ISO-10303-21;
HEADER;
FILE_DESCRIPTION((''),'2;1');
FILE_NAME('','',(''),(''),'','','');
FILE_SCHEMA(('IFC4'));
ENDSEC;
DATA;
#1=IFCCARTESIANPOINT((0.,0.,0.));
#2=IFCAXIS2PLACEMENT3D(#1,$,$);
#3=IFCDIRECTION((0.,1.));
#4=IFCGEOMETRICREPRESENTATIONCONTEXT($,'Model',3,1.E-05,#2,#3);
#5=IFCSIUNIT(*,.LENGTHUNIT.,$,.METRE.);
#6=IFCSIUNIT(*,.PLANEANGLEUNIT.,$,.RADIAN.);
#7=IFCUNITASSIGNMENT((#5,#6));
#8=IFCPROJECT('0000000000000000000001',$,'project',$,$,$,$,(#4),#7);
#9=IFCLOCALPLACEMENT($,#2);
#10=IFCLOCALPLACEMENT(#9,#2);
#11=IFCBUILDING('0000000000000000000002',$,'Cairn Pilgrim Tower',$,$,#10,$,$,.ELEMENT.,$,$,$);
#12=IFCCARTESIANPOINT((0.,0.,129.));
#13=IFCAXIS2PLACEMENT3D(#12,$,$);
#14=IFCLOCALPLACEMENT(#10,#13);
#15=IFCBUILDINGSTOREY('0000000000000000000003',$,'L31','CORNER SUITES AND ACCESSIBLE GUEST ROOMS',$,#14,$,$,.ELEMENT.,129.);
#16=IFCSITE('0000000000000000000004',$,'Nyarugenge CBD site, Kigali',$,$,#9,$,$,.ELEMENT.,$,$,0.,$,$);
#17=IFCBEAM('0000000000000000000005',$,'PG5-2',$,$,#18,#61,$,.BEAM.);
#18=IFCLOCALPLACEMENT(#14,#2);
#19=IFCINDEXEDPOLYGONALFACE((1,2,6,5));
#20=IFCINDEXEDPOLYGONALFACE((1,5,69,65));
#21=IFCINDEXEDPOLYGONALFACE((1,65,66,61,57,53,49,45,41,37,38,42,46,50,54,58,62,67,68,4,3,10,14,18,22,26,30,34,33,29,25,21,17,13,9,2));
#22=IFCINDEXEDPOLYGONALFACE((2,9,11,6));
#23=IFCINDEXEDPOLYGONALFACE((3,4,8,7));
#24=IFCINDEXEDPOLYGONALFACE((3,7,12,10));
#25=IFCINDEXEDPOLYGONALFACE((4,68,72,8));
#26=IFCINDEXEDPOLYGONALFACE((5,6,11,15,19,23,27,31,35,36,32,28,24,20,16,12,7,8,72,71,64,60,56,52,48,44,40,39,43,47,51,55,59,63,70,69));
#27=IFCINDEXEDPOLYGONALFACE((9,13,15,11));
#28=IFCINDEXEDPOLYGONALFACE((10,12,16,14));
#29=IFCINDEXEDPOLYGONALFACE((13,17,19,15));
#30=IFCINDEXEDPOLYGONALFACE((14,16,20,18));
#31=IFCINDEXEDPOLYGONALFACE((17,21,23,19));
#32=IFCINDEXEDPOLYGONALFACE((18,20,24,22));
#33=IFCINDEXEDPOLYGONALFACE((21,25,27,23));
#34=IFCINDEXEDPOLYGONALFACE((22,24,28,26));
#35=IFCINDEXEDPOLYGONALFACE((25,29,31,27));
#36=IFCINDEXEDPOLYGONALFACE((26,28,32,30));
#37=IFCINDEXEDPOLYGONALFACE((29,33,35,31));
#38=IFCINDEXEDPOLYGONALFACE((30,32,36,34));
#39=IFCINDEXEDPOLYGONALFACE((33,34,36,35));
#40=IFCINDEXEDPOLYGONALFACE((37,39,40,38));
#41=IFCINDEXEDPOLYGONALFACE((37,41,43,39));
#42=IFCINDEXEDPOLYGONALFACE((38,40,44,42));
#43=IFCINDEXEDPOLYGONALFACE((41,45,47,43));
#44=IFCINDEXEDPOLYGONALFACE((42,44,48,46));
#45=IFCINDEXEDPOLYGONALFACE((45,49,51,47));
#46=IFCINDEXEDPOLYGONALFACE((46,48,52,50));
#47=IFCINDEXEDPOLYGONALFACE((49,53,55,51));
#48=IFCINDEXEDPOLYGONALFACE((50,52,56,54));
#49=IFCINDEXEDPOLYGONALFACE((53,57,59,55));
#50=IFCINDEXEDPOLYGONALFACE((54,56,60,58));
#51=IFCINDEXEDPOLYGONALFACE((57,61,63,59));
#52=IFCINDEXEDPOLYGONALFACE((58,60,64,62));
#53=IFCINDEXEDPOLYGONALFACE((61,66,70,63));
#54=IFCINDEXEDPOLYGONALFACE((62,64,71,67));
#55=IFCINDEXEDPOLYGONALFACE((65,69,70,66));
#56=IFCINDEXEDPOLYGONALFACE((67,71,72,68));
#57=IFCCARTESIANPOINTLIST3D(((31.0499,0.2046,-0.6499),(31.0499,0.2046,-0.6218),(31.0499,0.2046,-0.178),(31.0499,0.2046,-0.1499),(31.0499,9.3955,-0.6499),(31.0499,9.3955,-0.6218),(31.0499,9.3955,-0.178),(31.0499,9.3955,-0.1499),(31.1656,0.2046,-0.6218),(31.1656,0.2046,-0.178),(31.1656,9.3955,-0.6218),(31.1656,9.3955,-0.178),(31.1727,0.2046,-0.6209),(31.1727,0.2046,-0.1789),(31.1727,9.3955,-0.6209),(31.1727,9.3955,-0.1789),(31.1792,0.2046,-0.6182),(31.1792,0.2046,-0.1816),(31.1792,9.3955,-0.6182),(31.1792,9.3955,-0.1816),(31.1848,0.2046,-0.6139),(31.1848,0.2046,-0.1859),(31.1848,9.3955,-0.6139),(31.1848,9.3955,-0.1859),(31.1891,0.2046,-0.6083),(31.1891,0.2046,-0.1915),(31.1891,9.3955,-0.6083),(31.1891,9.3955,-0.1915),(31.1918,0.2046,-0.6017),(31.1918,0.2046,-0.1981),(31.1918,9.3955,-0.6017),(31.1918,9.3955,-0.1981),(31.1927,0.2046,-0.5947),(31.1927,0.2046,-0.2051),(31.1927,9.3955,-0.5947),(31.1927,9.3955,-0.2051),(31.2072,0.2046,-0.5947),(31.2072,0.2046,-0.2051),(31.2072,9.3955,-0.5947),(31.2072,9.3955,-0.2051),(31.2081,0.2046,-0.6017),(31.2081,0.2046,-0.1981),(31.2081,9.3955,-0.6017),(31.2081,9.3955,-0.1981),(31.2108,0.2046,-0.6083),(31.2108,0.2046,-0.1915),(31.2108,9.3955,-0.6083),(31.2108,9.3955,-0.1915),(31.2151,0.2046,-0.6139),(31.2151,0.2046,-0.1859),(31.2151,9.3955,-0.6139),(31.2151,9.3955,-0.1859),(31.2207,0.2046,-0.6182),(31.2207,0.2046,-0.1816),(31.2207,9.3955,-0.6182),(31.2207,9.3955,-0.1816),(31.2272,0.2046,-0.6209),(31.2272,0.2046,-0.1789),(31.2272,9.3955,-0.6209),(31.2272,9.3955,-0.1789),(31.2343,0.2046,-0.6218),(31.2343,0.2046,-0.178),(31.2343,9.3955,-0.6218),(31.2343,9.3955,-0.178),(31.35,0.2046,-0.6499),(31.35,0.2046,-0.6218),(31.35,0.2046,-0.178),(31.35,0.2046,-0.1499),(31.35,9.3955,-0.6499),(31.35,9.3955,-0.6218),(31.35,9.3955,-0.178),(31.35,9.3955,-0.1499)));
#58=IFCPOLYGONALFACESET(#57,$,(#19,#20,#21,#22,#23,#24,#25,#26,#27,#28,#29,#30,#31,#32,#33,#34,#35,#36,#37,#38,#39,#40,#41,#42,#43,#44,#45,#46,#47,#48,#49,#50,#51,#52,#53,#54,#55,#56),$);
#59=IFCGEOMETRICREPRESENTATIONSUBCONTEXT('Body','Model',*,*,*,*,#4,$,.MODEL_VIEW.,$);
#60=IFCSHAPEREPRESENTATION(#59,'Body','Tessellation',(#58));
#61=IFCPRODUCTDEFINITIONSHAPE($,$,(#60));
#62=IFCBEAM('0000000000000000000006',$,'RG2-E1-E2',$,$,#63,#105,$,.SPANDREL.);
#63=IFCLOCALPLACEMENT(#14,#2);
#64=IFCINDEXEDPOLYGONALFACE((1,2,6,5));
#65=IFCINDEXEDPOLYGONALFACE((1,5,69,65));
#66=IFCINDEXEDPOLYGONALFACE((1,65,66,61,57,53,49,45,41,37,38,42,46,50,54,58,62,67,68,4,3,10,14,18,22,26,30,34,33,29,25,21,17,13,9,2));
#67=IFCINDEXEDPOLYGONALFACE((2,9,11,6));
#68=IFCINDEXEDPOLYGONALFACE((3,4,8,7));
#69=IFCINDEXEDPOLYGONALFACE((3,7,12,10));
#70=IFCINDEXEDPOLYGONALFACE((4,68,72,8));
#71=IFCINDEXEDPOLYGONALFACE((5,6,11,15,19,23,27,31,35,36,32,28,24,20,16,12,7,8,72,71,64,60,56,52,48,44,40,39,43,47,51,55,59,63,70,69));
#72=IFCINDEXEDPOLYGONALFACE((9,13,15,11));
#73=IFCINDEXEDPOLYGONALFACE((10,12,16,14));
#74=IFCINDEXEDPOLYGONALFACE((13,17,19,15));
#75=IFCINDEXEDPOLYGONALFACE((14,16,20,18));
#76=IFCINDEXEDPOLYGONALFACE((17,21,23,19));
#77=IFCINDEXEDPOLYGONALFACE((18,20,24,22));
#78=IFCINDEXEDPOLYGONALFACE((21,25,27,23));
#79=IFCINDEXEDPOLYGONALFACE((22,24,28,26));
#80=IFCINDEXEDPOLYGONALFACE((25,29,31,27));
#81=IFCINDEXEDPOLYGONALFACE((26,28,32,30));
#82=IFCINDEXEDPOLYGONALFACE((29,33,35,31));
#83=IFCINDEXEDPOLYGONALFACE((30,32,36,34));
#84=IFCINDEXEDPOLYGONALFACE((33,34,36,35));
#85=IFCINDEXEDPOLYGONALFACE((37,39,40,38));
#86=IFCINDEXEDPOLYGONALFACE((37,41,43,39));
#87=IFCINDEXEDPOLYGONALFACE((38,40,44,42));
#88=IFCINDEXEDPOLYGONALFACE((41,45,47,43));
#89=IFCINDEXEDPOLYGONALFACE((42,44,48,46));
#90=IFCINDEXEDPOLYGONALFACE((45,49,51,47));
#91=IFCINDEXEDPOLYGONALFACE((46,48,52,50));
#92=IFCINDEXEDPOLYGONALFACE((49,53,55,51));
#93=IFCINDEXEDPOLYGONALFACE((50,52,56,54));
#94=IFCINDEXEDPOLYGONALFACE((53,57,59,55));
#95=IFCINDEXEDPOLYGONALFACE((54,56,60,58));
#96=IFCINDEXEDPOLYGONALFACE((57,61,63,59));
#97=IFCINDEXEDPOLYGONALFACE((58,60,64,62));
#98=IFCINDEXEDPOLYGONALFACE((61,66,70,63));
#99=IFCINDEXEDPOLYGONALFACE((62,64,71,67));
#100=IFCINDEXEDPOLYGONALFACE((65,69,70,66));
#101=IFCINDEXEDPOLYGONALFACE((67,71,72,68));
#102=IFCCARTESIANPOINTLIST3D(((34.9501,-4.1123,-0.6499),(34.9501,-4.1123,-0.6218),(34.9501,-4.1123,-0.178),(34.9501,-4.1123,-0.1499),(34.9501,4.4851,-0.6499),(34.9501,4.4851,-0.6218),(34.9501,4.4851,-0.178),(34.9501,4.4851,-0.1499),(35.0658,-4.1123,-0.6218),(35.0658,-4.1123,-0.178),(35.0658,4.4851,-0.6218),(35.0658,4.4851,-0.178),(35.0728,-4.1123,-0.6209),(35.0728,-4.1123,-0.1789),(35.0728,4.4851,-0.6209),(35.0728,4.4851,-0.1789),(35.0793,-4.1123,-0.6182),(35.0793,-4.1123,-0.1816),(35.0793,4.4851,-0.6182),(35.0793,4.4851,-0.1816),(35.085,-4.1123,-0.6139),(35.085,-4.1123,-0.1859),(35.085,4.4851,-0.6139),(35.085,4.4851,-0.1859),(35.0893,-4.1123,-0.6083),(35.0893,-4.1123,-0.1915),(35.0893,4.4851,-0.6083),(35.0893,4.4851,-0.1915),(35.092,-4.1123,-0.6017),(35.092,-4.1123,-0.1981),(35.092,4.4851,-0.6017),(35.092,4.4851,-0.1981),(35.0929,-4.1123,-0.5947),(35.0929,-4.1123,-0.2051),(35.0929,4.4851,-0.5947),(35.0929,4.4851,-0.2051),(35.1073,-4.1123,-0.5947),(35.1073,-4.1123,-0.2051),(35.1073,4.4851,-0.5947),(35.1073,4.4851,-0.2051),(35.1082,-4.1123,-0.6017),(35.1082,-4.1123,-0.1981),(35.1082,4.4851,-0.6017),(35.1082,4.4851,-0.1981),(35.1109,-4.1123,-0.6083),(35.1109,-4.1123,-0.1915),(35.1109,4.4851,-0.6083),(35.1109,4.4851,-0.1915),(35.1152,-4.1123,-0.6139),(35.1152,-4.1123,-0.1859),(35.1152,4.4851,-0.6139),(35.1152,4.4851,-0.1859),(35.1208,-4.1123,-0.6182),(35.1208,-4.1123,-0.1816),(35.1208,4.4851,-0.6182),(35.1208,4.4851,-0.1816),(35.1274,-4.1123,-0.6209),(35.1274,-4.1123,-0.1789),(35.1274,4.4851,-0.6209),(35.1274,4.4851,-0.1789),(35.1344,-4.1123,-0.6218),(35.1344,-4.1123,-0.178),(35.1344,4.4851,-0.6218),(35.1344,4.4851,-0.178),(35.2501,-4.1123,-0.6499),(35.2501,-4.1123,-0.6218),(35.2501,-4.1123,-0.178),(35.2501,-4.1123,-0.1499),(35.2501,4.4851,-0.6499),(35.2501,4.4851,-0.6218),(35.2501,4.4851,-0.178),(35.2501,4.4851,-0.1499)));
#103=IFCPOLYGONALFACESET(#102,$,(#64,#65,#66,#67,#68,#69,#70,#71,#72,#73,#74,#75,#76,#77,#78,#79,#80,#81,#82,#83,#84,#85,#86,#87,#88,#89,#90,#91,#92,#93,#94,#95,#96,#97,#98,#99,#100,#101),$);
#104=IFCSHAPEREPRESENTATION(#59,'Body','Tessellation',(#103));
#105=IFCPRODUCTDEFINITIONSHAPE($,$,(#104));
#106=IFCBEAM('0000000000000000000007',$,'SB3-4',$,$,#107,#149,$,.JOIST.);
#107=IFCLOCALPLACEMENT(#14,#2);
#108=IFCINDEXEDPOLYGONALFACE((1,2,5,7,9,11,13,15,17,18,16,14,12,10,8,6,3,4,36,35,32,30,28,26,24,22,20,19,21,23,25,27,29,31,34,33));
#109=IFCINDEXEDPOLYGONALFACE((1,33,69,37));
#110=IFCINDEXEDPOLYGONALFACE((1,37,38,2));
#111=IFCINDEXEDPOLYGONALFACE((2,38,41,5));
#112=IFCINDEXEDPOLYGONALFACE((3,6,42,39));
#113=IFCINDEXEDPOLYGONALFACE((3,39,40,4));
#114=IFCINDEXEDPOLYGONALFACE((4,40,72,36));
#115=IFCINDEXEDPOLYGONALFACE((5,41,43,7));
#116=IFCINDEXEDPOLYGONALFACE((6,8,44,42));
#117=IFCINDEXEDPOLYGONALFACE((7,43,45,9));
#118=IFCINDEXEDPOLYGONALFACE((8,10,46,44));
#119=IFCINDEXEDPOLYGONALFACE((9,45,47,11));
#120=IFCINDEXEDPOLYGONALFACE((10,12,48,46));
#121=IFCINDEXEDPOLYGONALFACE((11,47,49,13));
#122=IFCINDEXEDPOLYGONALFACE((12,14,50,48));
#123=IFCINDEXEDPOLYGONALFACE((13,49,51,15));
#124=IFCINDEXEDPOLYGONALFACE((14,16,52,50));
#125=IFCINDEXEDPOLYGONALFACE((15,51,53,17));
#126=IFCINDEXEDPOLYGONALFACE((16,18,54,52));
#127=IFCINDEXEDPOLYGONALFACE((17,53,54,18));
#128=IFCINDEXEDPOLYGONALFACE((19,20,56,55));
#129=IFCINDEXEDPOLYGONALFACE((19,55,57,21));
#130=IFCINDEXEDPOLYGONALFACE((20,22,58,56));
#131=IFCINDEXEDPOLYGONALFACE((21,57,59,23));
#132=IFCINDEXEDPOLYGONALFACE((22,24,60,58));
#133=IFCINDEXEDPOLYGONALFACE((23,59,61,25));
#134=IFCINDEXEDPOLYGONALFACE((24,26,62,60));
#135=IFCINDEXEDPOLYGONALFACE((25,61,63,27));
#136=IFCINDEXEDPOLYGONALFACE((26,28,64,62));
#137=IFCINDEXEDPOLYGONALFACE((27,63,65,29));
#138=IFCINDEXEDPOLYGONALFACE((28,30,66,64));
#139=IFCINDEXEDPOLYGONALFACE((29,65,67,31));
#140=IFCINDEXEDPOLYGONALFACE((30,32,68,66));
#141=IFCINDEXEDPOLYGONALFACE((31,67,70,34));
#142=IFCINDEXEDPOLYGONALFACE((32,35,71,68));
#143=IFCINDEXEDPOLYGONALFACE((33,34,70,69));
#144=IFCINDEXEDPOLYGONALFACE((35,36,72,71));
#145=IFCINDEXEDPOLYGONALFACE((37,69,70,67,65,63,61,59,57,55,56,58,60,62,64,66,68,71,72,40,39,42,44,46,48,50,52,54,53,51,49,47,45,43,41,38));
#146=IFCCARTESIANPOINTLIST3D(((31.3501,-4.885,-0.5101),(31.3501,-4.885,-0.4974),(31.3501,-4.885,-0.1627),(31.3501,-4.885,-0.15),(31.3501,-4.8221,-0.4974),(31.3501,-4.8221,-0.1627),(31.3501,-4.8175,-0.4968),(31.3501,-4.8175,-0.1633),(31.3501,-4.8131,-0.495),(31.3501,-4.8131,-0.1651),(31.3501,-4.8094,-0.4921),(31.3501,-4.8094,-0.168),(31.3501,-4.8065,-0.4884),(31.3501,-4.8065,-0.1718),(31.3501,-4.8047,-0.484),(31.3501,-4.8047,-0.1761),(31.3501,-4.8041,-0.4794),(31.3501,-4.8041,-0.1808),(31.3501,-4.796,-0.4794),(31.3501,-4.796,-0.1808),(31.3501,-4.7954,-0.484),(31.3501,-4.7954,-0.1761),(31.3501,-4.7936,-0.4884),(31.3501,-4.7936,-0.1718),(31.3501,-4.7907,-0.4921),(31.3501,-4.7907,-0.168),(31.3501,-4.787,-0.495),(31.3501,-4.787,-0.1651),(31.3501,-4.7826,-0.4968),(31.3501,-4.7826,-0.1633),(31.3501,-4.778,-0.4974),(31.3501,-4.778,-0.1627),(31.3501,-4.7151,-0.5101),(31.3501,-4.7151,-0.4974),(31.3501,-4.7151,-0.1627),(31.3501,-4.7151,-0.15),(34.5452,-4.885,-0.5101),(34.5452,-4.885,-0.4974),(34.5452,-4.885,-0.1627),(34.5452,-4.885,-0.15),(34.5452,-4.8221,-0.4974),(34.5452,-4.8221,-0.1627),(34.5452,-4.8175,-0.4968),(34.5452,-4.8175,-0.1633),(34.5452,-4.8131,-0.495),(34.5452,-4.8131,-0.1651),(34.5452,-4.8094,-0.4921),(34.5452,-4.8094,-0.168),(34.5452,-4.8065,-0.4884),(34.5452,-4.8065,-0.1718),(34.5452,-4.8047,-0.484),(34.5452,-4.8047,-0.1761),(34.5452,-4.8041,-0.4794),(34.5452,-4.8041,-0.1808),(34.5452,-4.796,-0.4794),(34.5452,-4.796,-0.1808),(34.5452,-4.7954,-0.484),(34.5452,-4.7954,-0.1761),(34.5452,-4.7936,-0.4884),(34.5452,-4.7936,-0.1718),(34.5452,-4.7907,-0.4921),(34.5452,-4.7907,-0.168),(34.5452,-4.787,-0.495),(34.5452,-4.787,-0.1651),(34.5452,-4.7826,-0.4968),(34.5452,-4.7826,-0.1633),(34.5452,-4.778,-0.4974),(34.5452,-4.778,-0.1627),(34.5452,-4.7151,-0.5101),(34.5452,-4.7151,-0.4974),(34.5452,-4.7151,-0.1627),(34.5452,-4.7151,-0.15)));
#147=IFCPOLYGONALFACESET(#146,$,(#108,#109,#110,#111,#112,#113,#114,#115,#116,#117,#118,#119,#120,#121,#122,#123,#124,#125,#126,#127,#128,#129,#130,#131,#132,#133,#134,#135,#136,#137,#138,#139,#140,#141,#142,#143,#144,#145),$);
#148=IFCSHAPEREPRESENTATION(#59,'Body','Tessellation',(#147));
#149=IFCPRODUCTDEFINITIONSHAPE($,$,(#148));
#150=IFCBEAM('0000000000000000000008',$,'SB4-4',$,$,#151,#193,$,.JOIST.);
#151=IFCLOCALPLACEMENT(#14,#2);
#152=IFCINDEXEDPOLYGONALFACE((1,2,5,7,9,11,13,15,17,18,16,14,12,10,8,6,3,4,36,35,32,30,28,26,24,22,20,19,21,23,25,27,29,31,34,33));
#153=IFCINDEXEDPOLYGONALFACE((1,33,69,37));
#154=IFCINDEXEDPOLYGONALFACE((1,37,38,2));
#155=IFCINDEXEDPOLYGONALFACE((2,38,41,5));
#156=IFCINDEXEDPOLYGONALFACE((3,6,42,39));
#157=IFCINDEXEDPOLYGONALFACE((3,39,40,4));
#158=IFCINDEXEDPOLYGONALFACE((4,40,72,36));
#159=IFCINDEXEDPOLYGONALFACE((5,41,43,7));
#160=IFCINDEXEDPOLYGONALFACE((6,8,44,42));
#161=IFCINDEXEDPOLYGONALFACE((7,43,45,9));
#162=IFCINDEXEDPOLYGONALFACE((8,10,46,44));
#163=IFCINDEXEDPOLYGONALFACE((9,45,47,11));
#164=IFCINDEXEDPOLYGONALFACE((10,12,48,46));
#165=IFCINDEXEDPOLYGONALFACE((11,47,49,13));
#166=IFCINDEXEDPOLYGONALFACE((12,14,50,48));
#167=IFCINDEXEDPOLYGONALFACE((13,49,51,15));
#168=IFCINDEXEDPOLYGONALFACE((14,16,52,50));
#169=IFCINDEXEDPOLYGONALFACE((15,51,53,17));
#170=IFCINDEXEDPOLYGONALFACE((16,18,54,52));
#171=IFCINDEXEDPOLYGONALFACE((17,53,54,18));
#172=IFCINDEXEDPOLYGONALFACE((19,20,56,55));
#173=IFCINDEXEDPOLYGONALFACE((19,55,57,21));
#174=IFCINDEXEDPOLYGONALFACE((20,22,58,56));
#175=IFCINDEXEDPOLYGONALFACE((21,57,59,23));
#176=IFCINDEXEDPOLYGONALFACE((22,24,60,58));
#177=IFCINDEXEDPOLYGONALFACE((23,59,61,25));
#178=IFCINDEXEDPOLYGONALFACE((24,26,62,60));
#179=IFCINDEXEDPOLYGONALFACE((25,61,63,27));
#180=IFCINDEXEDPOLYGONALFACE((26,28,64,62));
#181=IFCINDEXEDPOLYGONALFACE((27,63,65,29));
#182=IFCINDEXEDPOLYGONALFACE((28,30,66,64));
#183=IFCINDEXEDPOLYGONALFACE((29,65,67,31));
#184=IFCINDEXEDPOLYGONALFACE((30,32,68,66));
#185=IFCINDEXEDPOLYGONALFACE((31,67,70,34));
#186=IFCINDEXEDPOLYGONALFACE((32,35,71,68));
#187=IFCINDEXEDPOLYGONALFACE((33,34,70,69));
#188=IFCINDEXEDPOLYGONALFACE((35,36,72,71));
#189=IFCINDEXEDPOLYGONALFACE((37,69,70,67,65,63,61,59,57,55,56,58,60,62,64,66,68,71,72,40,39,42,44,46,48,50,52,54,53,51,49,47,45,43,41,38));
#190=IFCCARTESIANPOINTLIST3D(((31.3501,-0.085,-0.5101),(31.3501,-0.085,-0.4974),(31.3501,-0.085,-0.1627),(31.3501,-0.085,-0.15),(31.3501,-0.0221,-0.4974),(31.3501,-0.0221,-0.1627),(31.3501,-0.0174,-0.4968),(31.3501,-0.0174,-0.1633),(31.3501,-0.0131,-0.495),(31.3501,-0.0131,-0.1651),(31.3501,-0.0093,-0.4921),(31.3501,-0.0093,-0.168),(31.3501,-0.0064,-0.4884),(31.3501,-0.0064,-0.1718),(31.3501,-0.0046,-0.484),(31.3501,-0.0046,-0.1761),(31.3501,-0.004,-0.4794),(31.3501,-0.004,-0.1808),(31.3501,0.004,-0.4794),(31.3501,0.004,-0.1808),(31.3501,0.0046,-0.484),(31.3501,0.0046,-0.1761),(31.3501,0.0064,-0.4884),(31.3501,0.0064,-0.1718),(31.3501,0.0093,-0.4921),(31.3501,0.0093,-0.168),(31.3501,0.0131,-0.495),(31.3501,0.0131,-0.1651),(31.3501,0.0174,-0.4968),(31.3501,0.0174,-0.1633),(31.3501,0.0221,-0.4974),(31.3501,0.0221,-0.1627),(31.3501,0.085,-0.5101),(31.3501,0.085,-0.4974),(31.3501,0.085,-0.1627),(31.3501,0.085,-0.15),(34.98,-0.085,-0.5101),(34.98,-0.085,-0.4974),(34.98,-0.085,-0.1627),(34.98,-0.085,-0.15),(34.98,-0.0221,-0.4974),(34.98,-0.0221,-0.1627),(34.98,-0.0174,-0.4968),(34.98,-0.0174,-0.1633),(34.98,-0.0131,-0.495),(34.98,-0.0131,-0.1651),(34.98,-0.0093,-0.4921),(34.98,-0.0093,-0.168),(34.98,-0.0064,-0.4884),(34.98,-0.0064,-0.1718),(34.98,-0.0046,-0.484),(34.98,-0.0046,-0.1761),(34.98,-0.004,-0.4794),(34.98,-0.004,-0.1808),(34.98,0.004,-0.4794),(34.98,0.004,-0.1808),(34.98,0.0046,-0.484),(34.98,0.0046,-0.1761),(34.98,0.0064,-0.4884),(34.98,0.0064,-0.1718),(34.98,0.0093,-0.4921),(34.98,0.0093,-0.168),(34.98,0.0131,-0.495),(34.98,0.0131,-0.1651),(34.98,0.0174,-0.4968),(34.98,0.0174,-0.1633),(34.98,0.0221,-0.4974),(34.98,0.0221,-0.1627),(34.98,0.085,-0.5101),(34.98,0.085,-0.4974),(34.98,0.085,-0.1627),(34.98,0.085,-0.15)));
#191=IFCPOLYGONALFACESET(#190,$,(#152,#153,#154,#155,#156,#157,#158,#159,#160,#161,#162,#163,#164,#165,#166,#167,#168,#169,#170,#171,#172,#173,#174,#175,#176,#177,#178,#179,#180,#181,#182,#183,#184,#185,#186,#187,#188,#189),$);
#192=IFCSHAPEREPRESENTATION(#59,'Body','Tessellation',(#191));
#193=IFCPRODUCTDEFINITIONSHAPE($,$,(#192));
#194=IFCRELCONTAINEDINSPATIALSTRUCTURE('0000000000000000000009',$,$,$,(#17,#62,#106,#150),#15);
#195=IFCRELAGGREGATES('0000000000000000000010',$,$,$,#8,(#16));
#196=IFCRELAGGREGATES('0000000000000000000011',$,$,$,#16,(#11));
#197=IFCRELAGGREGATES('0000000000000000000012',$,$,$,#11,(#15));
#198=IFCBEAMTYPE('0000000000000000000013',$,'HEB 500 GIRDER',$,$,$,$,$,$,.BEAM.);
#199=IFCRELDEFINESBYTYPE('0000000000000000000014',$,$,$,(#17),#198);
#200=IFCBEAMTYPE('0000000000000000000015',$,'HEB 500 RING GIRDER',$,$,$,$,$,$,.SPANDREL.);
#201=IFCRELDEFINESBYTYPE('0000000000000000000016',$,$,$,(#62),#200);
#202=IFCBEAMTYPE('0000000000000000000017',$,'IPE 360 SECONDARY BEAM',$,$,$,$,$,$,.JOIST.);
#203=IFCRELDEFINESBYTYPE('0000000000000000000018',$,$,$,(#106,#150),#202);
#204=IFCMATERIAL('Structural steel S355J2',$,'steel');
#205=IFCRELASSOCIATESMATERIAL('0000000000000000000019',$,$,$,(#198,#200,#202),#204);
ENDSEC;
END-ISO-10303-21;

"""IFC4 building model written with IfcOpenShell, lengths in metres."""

from ifc_helpers import new_model, si_unit, direction, frame, origin, origin_2d, place, context, subcontext, project, spatial, i_section, extrude, material, material_profile, profile_set, type_object, element, save


model = new_model("IFC4")

# Units and contexts
model_context = context("Model", 3, precision=1e-05, world=origin(), true_north=direction((0.0, 1.0)))
body_context = subcontext(model_context, "Body", "Model", "MODEL_VIEW")
ifc_project = project(units=[si_unit("LENGTHUNIT", "METRE"), si_unit("PLANEANGLEUNIT", "RADIAN")], contexts=[model_context])

# Site, building, storey
site_placement = place(None, origin())
site = spatial("IfcSite", under=ifc_project, at=site_placement, Name="Nyarugenge CBD site, Kigali", CompositionType="ELEMENT", RefElevation=0.0)
building_placement = place(site_placement, origin())
building = spatial("IfcBuilding", under=site, at=building_placement, Name="Cairn Pilgrim Tower", CompositionType="ELEMENT")
storey_placement = place(building_placement, frame((0.0, 0.0, 129.0)))
storey = spatial("IfcBuildingStorey", under=building, at=storey_placement, Name="L31", Description="CORNER SUITES AND ACCESSIBLE GUEST ROOMS", CompositionType="ELEMENT", Elevation=129.0)

# Beams
ifc_material_1 = material(Name="Structural steel S355J2", Category="steel")
ifc_material_profile_1 = material_profile(ifc_material_1, i_section(OverallWidth=0.3, OverallDepth=0.5, WebThickness=0.0144, FlangeThickness=0.0281, FilletRadius=0.0271, at=origin_2d()), Name="HEB 500")
ifc_profile_set_1 = profile_set([ifc_material_profile_1], Name="Structural steel S355J2")
beam_type_1 = type_object("IfcBeamType", Name="HEB 500 GIRDER", PredefinedType="BEAM", material=ifc_profile_set_1)
beam_1_placement = place(storey_placement, frame((31.2, 0.2046, -0.3999), z_axis=(0.0, 1.0, 0.0), x_axis=(-1.0, 0.0, 0.0)))
element("IfcBeam", 1, at=beam_1_placement, inside=storey, type_object=beam_type_1, Name="PG5-2", PredefinedType="BEAM", context=body_context, shape_type="SweptSolid", body=[
    extrude(i_section(OverallWidth=0.3, OverallDepth=0.5, WebThickness=0.0144, FlangeThickness=0.0281, FilletRadius=0.0271, at=origin_2d()), origin(), (0.0, 0.0, 1.0), 9.1909),
])
ifc_material_profile_2 = material_profile(ifc_material_1, i_section(OverallWidth=0.3, OverallDepth=0.5, WebThickness=0.0144, FlangeThickness=0.0281, FilletRadius=0.0271, at=origin_2d()), Name="HEB 500")
ifc_profile_set_2 = profile_set([ifc_material_profile_2], Name="Structural steel S355J2")
beam_type_2 = type_object("IfcBeamType", Name="HEB 500 RING GIRDER", PredefinedType="SPANDREL", material=ifc_profile_set_2)
beam_2_placement = place(storey_placement, frame((35.1001, -4.1123, -0.3999), z_axis=(0.0, 1.0, 0.0), x_axis=(-1.0, 0.0, 0.0)))
element("IfcBeam", 2, at=beam_2_placement, inside=storey, type_object=beam_type_2, Name="RG2-E1-E2", PredefinedType="SPANDREL", context=body_context, shape_type="SweptSolid", body=[
    extrude(i_section(OverallWidth=0.3, OverallDepth=0.5, WebThickness=0.0144, FlangeThickness=0.0281, FilletRadius=0.0271, at=origin_2d()), origin(), (0.0, 0.0, 1.0), 8.5974),
])
ifc_material_profile_3 = material_profile(ifc_material_1, i_section(OverallWidth=0.1699, OverallDepth=0.3601, WebThickness=0.0081, FlangeThickness=0.0127, FilletRadius=0.0181, at=origin_2d()), Name="IPE 360")
ifc_profile_set_3 = profile_set([ifc_material_profile_3], Name="Structural steel S355J2")
beam_type_3 = type_object("IfcBeamType", Name="IPE 360 SECONDARY BEAM", PredefinedType="JOIST", material=ifc_profile_set_3)
beam_3_placement = place(storey_placement, frame((31.3501, -4.8, -0.3301), z_axis=(1.0, 0.0, 0.0), x_axis=(0.0, 1.0, 0.0)))
element("IfcBeam", 3, at=beam_3_placement, inside=storey, type_object=beam_type_3, Name="SB3-4", PredefinedType="JOIST", context=body_context, shape_type="SweptSolid", body=[
    extrude(i_section(OverallWidth=0.1699, OverallDepth=0.3601, WebThickness=0.0081, FlangeThickness=0.0127, FilletRadius=0.0181, at=origin_2d()), origin(), (0.0, 0.0, 1.0), 3.1951),
])
beam_4_placement = place(storey_placement, frame((31.3501, 0.0, -0.3301), z_axis=(1.0, 0.0, 0.0), x_axis=(0.0, 1.0, 0.0)))
element("IfcBeam", 4, at=beam_4_placement, inside=storey, type_object=beam_type_3, Name="SB4-4", PredefinedType="JOIST", context=body_context, shape_type="SweptSolid", body=[
    extrude(i_section(OverallWidth=0.1699, OverallDepth=0.3601, WebThickness=0.0081, FlangeThickness=0.0127, FilletRadius=0.0181, at=origin_2d()), origin(), (0.0, 0.0, 1.0), 3.6299),
])

save(model, "model.ifc")
